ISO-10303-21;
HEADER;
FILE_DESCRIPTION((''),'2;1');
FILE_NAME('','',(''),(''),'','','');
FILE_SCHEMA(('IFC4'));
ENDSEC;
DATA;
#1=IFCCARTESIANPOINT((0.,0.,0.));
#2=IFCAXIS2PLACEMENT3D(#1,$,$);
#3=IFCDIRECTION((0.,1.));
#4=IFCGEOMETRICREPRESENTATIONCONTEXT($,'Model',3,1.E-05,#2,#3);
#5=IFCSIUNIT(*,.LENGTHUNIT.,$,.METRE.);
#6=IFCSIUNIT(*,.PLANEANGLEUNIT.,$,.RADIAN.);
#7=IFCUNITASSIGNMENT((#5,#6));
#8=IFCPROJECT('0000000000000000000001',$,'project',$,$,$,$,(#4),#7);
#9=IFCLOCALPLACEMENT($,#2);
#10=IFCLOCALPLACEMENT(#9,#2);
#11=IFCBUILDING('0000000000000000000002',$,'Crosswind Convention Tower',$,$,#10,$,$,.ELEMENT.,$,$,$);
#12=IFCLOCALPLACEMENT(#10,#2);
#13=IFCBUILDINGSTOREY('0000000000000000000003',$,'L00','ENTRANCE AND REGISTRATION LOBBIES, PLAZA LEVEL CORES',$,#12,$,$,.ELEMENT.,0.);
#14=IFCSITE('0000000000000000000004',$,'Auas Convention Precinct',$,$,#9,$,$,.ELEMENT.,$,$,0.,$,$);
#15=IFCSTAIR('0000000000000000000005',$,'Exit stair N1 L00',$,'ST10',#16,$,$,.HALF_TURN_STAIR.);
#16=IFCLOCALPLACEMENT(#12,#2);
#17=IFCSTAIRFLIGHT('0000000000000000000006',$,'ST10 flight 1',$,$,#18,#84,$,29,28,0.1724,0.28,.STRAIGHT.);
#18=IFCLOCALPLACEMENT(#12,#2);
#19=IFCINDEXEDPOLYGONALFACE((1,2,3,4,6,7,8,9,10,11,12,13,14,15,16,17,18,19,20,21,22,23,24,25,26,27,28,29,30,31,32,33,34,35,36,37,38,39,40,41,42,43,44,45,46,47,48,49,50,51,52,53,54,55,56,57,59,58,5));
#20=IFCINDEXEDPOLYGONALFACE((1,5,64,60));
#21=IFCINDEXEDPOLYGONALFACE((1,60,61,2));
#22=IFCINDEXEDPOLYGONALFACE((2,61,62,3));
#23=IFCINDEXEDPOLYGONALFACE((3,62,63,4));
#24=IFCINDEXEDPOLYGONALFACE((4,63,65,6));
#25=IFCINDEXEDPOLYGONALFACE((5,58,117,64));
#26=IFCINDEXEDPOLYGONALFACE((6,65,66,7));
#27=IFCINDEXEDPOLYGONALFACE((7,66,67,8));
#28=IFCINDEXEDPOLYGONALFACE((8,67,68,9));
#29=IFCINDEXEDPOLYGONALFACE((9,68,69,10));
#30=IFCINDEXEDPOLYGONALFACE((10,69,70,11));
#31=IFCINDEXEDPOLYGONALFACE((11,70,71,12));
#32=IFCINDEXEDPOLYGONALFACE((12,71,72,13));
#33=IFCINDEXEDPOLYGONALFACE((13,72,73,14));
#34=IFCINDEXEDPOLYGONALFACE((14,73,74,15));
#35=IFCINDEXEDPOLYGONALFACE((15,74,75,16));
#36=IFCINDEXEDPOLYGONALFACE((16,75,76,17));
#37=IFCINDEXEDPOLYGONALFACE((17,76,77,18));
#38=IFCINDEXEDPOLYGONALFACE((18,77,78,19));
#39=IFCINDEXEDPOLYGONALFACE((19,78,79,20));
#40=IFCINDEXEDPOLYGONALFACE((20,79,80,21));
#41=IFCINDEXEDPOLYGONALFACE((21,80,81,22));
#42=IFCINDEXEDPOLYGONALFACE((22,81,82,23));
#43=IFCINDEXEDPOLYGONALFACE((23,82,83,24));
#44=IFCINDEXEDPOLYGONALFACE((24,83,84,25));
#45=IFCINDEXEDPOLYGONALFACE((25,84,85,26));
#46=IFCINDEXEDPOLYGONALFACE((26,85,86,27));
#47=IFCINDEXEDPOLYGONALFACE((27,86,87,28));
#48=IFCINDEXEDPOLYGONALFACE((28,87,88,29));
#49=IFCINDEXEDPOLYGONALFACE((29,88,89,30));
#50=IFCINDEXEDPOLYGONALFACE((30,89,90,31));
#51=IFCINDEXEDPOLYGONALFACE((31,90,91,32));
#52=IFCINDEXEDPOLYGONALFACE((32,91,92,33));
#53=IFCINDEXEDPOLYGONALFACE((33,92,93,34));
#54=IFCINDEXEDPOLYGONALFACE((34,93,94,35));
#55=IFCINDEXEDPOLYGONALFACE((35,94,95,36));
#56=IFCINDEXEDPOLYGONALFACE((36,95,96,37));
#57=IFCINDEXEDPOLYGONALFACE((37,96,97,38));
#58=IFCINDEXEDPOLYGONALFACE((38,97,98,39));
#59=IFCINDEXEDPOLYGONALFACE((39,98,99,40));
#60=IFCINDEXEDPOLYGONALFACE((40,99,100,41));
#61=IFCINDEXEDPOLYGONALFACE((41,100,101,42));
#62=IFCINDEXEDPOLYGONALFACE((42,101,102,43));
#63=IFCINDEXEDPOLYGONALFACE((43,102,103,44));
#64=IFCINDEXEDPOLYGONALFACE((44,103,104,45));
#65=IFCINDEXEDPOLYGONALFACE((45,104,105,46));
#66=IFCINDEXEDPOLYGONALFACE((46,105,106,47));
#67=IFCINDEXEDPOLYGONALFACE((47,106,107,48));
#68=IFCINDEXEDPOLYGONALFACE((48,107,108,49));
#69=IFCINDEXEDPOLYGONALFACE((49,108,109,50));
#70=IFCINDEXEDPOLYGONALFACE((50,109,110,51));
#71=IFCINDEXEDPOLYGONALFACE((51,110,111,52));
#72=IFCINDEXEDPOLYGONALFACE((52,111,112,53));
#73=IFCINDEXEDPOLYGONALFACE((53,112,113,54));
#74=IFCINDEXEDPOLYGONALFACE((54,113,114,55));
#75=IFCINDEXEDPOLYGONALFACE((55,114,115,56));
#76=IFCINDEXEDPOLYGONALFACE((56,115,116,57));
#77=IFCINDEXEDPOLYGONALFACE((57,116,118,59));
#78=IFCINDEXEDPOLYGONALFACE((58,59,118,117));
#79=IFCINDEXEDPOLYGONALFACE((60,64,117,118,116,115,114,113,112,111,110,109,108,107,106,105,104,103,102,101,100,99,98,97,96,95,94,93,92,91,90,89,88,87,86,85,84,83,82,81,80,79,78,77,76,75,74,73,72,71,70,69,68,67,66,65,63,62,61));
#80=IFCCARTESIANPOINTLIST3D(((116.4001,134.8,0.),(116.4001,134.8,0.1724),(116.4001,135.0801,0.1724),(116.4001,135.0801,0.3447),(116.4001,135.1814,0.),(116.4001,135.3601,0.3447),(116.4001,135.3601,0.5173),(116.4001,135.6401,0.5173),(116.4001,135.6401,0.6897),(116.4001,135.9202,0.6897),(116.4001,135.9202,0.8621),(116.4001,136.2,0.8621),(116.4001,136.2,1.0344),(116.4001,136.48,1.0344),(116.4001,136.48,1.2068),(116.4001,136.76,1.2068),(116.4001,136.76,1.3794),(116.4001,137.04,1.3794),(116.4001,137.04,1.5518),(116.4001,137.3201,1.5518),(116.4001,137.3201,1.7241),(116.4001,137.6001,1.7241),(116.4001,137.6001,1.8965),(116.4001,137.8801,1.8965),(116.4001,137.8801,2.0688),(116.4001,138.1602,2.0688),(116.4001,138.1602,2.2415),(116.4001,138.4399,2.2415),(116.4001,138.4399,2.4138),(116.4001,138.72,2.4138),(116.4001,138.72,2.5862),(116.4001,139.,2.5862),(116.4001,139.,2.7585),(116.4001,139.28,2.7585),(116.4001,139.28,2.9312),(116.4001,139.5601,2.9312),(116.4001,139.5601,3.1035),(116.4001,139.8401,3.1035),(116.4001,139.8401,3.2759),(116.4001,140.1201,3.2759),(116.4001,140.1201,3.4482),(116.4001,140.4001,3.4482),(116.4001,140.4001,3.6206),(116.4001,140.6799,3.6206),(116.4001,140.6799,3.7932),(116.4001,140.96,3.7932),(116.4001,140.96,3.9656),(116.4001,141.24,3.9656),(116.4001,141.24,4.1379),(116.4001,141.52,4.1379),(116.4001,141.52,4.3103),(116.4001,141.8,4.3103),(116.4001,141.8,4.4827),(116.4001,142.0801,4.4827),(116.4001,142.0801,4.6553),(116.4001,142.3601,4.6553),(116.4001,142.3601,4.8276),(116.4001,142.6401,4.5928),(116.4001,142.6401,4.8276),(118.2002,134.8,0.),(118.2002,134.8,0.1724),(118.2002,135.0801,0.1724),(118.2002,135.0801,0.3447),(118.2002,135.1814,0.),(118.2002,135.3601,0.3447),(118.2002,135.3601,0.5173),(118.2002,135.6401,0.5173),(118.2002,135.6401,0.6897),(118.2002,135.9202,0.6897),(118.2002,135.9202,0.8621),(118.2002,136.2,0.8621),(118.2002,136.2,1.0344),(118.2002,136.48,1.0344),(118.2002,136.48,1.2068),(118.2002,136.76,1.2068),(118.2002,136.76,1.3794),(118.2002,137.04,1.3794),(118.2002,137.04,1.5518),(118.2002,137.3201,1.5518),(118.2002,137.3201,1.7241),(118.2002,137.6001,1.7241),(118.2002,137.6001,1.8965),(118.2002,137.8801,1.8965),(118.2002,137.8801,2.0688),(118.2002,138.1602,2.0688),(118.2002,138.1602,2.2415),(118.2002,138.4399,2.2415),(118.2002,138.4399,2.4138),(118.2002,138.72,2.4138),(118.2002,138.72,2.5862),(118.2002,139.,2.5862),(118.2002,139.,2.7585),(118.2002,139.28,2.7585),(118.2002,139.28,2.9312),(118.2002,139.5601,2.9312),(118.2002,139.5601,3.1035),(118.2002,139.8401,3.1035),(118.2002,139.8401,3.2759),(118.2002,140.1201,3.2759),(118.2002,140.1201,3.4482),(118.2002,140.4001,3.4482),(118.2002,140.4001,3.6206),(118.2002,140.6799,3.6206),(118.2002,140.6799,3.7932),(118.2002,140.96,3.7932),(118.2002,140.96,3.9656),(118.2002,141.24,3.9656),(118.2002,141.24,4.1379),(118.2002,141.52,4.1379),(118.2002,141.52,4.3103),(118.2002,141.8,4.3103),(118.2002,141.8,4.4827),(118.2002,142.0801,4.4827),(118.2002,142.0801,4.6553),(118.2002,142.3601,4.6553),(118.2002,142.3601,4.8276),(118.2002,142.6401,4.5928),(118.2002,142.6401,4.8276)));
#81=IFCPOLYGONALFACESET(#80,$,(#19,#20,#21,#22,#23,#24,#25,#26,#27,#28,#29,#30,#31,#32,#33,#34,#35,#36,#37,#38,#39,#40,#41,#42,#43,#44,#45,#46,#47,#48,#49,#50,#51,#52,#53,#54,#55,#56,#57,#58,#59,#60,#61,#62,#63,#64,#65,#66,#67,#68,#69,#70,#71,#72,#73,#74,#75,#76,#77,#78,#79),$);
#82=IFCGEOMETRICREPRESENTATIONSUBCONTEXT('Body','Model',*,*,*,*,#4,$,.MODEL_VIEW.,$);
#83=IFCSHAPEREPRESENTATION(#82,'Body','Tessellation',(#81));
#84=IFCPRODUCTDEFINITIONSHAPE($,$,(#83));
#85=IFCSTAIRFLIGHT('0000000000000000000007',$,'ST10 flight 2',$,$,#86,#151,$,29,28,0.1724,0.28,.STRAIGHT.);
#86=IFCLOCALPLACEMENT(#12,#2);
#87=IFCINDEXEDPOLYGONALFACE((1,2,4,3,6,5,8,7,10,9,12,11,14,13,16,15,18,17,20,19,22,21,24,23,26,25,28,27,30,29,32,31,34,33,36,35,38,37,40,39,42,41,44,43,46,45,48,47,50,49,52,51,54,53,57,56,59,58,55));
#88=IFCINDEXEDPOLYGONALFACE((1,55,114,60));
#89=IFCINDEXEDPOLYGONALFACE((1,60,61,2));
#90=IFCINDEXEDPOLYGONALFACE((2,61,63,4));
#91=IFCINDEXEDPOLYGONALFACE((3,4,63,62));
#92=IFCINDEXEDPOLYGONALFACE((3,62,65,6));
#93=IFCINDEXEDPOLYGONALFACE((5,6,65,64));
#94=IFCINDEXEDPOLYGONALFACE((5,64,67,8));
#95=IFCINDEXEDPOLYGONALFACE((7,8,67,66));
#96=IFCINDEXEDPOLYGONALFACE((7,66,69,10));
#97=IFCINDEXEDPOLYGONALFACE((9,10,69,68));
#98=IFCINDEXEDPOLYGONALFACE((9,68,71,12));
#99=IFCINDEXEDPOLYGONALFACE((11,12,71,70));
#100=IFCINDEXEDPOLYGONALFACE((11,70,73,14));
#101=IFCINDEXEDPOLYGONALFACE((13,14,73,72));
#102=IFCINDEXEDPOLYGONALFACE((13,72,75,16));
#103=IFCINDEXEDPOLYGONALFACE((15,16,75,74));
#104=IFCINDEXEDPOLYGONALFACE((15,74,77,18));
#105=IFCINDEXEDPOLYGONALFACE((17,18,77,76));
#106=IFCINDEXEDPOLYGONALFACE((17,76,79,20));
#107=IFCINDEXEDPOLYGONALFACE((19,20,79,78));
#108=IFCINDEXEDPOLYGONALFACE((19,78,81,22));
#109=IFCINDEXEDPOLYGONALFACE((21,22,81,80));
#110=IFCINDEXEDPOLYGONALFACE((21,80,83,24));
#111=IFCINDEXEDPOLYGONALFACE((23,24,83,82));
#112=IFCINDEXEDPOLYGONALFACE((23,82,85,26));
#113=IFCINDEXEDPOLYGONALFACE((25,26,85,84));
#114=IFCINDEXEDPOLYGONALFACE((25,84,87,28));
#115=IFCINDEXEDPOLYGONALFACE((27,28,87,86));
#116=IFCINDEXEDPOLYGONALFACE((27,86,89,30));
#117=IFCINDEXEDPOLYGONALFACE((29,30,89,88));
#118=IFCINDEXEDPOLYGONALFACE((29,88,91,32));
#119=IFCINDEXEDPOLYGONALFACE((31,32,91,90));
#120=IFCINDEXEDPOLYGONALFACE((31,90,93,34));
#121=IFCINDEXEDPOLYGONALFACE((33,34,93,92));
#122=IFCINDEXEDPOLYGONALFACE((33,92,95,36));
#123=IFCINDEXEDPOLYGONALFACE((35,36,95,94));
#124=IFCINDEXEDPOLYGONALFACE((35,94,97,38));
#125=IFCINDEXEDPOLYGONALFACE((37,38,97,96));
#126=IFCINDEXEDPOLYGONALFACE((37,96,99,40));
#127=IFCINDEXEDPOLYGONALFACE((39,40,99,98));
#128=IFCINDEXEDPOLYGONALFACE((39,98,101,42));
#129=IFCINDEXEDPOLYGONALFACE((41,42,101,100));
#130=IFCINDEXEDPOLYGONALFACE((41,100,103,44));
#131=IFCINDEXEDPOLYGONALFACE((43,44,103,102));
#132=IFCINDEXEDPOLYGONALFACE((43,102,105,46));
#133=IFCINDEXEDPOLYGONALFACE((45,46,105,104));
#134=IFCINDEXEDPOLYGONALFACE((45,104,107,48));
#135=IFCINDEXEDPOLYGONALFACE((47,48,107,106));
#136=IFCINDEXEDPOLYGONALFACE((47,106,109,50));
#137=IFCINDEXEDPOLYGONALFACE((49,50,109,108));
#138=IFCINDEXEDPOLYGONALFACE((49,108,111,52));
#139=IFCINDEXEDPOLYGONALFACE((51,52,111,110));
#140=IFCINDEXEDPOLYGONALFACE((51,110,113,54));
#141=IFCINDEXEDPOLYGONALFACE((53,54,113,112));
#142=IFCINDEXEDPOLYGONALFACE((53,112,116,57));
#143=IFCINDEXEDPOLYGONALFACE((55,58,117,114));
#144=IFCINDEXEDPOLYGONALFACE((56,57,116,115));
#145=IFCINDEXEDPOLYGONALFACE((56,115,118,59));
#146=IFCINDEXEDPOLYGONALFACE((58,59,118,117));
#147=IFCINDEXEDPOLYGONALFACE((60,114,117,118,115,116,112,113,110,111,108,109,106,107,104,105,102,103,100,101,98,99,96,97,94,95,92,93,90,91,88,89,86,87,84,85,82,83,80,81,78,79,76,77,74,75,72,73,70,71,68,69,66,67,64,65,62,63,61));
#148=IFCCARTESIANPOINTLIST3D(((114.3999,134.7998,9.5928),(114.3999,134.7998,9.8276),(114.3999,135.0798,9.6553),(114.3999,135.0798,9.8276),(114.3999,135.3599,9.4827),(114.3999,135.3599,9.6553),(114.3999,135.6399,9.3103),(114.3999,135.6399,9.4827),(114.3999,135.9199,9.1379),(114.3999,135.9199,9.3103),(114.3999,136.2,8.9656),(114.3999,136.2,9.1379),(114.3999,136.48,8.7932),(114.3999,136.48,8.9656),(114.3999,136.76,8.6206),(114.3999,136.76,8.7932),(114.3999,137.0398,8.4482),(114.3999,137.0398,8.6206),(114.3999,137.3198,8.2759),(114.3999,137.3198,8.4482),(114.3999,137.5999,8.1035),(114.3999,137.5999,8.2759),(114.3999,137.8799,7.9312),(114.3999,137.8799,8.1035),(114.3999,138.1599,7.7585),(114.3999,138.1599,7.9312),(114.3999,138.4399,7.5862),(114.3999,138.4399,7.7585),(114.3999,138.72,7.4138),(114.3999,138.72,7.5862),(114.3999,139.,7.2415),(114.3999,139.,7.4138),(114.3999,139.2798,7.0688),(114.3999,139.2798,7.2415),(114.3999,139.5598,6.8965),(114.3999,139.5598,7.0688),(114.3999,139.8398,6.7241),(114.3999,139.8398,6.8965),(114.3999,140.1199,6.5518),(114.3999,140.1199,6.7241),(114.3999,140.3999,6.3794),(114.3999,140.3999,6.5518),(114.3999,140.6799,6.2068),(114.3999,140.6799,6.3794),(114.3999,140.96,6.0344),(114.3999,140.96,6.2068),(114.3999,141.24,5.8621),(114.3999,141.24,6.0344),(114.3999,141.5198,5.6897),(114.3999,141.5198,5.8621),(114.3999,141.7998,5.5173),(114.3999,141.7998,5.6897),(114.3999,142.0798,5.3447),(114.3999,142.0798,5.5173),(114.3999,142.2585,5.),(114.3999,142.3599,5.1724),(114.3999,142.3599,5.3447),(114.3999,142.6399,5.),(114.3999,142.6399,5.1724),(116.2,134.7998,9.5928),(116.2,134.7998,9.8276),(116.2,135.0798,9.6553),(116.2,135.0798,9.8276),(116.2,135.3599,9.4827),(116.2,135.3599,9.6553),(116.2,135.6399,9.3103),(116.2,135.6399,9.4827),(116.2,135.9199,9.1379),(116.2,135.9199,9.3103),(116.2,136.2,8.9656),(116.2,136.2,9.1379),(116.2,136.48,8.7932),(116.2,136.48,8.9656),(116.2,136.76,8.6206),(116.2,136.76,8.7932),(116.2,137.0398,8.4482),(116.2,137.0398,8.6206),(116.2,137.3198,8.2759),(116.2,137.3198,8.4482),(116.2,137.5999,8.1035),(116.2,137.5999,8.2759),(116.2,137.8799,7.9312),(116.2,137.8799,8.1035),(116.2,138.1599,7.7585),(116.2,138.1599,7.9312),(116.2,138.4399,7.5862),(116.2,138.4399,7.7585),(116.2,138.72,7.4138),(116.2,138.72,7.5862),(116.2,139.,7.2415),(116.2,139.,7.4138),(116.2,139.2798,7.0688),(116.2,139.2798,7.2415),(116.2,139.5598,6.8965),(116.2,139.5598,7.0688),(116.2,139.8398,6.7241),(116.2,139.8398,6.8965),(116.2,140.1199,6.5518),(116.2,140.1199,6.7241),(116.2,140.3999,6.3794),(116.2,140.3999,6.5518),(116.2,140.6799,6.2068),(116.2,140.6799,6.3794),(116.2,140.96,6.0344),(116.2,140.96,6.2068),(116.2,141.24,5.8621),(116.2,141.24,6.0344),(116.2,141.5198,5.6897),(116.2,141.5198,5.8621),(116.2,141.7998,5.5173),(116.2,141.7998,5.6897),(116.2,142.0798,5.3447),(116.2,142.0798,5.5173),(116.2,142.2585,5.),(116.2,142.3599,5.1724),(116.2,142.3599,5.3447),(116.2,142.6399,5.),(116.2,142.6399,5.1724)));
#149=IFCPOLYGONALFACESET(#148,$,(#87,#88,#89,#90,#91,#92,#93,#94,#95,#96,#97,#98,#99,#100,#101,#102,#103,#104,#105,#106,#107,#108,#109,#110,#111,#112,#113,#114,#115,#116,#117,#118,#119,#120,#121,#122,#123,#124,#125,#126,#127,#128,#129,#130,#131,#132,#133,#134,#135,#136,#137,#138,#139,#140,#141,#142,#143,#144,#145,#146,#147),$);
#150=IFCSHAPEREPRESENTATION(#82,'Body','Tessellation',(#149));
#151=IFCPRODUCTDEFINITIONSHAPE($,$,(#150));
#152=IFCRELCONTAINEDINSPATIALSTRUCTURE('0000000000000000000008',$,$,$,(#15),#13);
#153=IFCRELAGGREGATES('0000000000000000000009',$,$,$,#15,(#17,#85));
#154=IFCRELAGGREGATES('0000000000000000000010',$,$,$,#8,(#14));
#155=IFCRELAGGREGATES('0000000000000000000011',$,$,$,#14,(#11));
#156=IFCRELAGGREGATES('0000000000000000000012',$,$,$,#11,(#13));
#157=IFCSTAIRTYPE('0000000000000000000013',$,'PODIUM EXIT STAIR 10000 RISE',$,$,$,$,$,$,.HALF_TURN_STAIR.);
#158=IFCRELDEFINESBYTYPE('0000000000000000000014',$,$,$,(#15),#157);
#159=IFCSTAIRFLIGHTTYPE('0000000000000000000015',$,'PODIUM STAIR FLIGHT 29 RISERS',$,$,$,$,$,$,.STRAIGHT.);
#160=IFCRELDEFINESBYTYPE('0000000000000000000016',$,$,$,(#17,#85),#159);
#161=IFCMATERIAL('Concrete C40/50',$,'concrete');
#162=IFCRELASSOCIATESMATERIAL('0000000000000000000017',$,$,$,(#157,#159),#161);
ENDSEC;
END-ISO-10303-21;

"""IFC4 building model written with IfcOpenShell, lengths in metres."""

from ifc_helpers import new_model, si_unit, direction, frame, origin, place, context, subcontext, project, spatial, polyline, outline, extrude, material, type_object, element, aggregate, save


model = new_model("IFC4")

# Units and contexts
model_context = context("Model", 3, precision=1e-05, world=origin(), true_north=direction((0.0, 1.0)))
body_context = subcontext(model_context, "Body", "Model", "MODEL_VIEW")
ifc_project = project(units=[si_unit("LENGTHUNIT", "METRE"), si_unit("PLANEANGLEUNIT", "RADIAN")], contexts=[model_context])

# Site, building, storey
site_placement = place(None, origin())
site = spatial("IfcSite", under=ifc_project, at=site_placement, Name="Auas Convention Precinct", CompositionType="ELEMENT", RefElevation=0.0)
building_placement = place(site_placement, origin())
building = spatial("IfcBuilding", under=site, at=building_placement, Name="Crosswind Convention Tower", CompositionType="ELEMENT")
storey_placement = place(building_placement, origin())
storey = spatial("IfcBuildingStorey", under=building, at=storey_placement, Name="L00", Description="ENTRANCE AND REGISTRATION LOBBIES, PLAZA LEVEL CORES", CompositionType="ELEMENT", Elevation=0.0)

# Shared definitions
ifc_material_1 = material(Name="Concrete C40/50", Category="concrete")

# Stair, stair flights
stair_type = type_object("IfcStairType", Name="PODIUM EXIT STAIR 10000 RISE", PredefinedType="HALF_TURN_STAIR", material=ifc_material_1)
stair_placement = place(storey_placement, origin())
stair = element("IfcStair", 1, at=stair_placement, inside=storey, type_object=stair_type, Name="Exit stair N1 L00", ObjectType="ST10", PredefinedType="HALF_TURN_STAIR")
stair_flight_type = type_object("IfcStairFlightType", Name="PODIUM STAIR FLIGHT 29 RISERS", PredefinedType="STRAIGHT", material=ifc_material_1)
stair_flight_1_placement = place(storey_placement, frame((117.3, 134.8, 0.0), z_axis=(0.0, 0.0, 1.0), x_axis=(0.0, 1.0, 0.0)))
stair_flight_1 = element("IfcStairFlight", 2, at=stair_flight_1_placement, type_object=stair_flight_type, Name="ST10 flight 1", NumberOfRisers=29, NumberOfTreads=28, PredefinedType="STRAIGHT", RiserHeight=0.1724, TreadLength=0.28, context=body_context, shape_type="SweptSolid", body=[
    extrude(outline(polyline([(0.0, 0.0), (0.0, 0.1724), (0.28, 0.1724), (0.28, 0.3447), (0.5601, 0.3447), (0.5601, 0.5173), (0.8401, 0.5173), (0.8401, 0.6897), (1.1201, 0.6897), (1.1201, 0.8621), (1.3999, 0.8621), (1.3999, 1.0344), (1.6799, 1.0344), (1.6799, 1.2068), (1.96, 1.2068), (1.96, 1.3794), (2.24, 1.3794), (2.24, 1.5518), (2.52, 1.5518), (2.52, 1.7241), (2.8, 1.7241), (2.8, 1.8965), (3.0801, 1.8965), (3.0801, 2.0688), (3.3601, 2.0688), (3.3601, 2.2415), (3.6399, 2.2415), (3.6399, 2.4138), (3.9199, 2.4138), (3.9199, 2.5862), (4.2, 2.5862), (4.2, 2.7585), (4.48, 2.7585), (4.48, 2.9312), (4.76, 2.9312), (4.76, 3.1035), (5.04, 3.1035), (5.04, 3.2759), (5.3201, 3.2759), (5.3201, 3.4482), (5.6001, 3.4482), (5.6001, 3.6206), (5.8799, 3.6206), (5.8799, 3.7932), (6.1599, 3.7932), (6.1599, 3.9656), (6.4399, 3.9656), (6.4399, 4.1379), (6.72, 4.1379), (6.72, 4.3103), (7.0, 4.3103), (7.0, 4.4827), (7.28, 4.4827), (7.28, 4.6553), (7.5601, 4.6553), (7.5601, 4.8276), (7.8401, 4.8276), (7.8401, 5.0), (7.8401, 4.5928), (0.3813, 0.0), (0.0, 0.0)])), frame((0.0, 0.8999, 0.0), z_axis=(0.0, -1.0, 0.0), x_axis=(1.0, 0.0, 0.0)), (0.0, 0.0, 1.0), 1.8),
])
stair_flight_2_placement = place(storey_placement, frame((115.3, 142.6399, 5.0), z_axis=(0.0, 0.0, 1.0), x_axis=(0.0, -1.0, 0.0)))
stair_flight_2 = element("IfcStairFlight", 3, at=stair_flight_2_placement, type_object=stair_flight_type, Name="ST10 flight 2", NumberOfRisers=29, NumberOfTreads=28, PredefinedType="STRAIGHT", RiserHeight=0.1724, TreadLength=0.28, context=body_context, shape_type="SweptSolid", body=[
    extrude(outline(polyline([(0.0, 0.0), (0.0, 0.1724), (0.28, 0.1724), (0.28, 0.3447), (0.5601, 0.3447), (0.5601, 0.5173), (0.8401, 0.5173), (0.8401, 0.6897), (1.1201, 0.6897), (1.1201, 0.8621), (1.3999, 0.8621), (1.3999, 1.0344), (1.6799, 1.0344), (1.6799, 1.2068), (1.96, 1.2068), (1.96, 1.3794), (2.24, 1.3794), (2.24, 1.5518), (2.52, 1.5518), (2.52, 1.7241), (2.8, 1.7241), (2.8, 1.8965), (3.0801, 1.8965), (3.0801, 2.0688), (3.3601, 2.0688), (3.3601, 2.2415), (3.6399, 2.2415), (3.6399, 2.4138), (3.9199, 2.4138), (3.9199, 2.5862), (4.2, 2.5862), (4.2, 2.7585), (4.48, 2.7585), (4.48, 2.9312), (4.76, 2.9312), (4.76, 3.1035), (5.04, 3.1035), (5.04, 3.2759), (5.3201, 3.2759), (5.3201, 3.4482), (5.6001, 3.4482), (5.6001, 3.6206), (5.8799, 3.6206), (5.8799, 3.7932), (6.1599, 3.7932), (6.1599, 3.9656), (6.4399, 3.9656), (6.4399, 4.1379), (6.72, 4.1379), (6.72, 4.3103), (7.0, 4.3103), (7.0, 4.4827), (7.28, 4.4827), (7.28, 4.6553), (7.5601, 4.6553), (7.5601, 4.8276), (7.8401, 4.8276), (7.8401, 5.0), (7.8401, 4.5928), (0.3813, 0.0), (0.0, 0.0)])), frame((0.0, 0.8999, 0.0), z_axis=(0.0, -1.0, 0.0), x_axis=(1.0, 0.0, 0.0)), (0.0, 0.0, 1.0), 1.8),
])
aggregate(stair, [stair_flight_1, stair_flight_2])

save(model, "model.ifc")
